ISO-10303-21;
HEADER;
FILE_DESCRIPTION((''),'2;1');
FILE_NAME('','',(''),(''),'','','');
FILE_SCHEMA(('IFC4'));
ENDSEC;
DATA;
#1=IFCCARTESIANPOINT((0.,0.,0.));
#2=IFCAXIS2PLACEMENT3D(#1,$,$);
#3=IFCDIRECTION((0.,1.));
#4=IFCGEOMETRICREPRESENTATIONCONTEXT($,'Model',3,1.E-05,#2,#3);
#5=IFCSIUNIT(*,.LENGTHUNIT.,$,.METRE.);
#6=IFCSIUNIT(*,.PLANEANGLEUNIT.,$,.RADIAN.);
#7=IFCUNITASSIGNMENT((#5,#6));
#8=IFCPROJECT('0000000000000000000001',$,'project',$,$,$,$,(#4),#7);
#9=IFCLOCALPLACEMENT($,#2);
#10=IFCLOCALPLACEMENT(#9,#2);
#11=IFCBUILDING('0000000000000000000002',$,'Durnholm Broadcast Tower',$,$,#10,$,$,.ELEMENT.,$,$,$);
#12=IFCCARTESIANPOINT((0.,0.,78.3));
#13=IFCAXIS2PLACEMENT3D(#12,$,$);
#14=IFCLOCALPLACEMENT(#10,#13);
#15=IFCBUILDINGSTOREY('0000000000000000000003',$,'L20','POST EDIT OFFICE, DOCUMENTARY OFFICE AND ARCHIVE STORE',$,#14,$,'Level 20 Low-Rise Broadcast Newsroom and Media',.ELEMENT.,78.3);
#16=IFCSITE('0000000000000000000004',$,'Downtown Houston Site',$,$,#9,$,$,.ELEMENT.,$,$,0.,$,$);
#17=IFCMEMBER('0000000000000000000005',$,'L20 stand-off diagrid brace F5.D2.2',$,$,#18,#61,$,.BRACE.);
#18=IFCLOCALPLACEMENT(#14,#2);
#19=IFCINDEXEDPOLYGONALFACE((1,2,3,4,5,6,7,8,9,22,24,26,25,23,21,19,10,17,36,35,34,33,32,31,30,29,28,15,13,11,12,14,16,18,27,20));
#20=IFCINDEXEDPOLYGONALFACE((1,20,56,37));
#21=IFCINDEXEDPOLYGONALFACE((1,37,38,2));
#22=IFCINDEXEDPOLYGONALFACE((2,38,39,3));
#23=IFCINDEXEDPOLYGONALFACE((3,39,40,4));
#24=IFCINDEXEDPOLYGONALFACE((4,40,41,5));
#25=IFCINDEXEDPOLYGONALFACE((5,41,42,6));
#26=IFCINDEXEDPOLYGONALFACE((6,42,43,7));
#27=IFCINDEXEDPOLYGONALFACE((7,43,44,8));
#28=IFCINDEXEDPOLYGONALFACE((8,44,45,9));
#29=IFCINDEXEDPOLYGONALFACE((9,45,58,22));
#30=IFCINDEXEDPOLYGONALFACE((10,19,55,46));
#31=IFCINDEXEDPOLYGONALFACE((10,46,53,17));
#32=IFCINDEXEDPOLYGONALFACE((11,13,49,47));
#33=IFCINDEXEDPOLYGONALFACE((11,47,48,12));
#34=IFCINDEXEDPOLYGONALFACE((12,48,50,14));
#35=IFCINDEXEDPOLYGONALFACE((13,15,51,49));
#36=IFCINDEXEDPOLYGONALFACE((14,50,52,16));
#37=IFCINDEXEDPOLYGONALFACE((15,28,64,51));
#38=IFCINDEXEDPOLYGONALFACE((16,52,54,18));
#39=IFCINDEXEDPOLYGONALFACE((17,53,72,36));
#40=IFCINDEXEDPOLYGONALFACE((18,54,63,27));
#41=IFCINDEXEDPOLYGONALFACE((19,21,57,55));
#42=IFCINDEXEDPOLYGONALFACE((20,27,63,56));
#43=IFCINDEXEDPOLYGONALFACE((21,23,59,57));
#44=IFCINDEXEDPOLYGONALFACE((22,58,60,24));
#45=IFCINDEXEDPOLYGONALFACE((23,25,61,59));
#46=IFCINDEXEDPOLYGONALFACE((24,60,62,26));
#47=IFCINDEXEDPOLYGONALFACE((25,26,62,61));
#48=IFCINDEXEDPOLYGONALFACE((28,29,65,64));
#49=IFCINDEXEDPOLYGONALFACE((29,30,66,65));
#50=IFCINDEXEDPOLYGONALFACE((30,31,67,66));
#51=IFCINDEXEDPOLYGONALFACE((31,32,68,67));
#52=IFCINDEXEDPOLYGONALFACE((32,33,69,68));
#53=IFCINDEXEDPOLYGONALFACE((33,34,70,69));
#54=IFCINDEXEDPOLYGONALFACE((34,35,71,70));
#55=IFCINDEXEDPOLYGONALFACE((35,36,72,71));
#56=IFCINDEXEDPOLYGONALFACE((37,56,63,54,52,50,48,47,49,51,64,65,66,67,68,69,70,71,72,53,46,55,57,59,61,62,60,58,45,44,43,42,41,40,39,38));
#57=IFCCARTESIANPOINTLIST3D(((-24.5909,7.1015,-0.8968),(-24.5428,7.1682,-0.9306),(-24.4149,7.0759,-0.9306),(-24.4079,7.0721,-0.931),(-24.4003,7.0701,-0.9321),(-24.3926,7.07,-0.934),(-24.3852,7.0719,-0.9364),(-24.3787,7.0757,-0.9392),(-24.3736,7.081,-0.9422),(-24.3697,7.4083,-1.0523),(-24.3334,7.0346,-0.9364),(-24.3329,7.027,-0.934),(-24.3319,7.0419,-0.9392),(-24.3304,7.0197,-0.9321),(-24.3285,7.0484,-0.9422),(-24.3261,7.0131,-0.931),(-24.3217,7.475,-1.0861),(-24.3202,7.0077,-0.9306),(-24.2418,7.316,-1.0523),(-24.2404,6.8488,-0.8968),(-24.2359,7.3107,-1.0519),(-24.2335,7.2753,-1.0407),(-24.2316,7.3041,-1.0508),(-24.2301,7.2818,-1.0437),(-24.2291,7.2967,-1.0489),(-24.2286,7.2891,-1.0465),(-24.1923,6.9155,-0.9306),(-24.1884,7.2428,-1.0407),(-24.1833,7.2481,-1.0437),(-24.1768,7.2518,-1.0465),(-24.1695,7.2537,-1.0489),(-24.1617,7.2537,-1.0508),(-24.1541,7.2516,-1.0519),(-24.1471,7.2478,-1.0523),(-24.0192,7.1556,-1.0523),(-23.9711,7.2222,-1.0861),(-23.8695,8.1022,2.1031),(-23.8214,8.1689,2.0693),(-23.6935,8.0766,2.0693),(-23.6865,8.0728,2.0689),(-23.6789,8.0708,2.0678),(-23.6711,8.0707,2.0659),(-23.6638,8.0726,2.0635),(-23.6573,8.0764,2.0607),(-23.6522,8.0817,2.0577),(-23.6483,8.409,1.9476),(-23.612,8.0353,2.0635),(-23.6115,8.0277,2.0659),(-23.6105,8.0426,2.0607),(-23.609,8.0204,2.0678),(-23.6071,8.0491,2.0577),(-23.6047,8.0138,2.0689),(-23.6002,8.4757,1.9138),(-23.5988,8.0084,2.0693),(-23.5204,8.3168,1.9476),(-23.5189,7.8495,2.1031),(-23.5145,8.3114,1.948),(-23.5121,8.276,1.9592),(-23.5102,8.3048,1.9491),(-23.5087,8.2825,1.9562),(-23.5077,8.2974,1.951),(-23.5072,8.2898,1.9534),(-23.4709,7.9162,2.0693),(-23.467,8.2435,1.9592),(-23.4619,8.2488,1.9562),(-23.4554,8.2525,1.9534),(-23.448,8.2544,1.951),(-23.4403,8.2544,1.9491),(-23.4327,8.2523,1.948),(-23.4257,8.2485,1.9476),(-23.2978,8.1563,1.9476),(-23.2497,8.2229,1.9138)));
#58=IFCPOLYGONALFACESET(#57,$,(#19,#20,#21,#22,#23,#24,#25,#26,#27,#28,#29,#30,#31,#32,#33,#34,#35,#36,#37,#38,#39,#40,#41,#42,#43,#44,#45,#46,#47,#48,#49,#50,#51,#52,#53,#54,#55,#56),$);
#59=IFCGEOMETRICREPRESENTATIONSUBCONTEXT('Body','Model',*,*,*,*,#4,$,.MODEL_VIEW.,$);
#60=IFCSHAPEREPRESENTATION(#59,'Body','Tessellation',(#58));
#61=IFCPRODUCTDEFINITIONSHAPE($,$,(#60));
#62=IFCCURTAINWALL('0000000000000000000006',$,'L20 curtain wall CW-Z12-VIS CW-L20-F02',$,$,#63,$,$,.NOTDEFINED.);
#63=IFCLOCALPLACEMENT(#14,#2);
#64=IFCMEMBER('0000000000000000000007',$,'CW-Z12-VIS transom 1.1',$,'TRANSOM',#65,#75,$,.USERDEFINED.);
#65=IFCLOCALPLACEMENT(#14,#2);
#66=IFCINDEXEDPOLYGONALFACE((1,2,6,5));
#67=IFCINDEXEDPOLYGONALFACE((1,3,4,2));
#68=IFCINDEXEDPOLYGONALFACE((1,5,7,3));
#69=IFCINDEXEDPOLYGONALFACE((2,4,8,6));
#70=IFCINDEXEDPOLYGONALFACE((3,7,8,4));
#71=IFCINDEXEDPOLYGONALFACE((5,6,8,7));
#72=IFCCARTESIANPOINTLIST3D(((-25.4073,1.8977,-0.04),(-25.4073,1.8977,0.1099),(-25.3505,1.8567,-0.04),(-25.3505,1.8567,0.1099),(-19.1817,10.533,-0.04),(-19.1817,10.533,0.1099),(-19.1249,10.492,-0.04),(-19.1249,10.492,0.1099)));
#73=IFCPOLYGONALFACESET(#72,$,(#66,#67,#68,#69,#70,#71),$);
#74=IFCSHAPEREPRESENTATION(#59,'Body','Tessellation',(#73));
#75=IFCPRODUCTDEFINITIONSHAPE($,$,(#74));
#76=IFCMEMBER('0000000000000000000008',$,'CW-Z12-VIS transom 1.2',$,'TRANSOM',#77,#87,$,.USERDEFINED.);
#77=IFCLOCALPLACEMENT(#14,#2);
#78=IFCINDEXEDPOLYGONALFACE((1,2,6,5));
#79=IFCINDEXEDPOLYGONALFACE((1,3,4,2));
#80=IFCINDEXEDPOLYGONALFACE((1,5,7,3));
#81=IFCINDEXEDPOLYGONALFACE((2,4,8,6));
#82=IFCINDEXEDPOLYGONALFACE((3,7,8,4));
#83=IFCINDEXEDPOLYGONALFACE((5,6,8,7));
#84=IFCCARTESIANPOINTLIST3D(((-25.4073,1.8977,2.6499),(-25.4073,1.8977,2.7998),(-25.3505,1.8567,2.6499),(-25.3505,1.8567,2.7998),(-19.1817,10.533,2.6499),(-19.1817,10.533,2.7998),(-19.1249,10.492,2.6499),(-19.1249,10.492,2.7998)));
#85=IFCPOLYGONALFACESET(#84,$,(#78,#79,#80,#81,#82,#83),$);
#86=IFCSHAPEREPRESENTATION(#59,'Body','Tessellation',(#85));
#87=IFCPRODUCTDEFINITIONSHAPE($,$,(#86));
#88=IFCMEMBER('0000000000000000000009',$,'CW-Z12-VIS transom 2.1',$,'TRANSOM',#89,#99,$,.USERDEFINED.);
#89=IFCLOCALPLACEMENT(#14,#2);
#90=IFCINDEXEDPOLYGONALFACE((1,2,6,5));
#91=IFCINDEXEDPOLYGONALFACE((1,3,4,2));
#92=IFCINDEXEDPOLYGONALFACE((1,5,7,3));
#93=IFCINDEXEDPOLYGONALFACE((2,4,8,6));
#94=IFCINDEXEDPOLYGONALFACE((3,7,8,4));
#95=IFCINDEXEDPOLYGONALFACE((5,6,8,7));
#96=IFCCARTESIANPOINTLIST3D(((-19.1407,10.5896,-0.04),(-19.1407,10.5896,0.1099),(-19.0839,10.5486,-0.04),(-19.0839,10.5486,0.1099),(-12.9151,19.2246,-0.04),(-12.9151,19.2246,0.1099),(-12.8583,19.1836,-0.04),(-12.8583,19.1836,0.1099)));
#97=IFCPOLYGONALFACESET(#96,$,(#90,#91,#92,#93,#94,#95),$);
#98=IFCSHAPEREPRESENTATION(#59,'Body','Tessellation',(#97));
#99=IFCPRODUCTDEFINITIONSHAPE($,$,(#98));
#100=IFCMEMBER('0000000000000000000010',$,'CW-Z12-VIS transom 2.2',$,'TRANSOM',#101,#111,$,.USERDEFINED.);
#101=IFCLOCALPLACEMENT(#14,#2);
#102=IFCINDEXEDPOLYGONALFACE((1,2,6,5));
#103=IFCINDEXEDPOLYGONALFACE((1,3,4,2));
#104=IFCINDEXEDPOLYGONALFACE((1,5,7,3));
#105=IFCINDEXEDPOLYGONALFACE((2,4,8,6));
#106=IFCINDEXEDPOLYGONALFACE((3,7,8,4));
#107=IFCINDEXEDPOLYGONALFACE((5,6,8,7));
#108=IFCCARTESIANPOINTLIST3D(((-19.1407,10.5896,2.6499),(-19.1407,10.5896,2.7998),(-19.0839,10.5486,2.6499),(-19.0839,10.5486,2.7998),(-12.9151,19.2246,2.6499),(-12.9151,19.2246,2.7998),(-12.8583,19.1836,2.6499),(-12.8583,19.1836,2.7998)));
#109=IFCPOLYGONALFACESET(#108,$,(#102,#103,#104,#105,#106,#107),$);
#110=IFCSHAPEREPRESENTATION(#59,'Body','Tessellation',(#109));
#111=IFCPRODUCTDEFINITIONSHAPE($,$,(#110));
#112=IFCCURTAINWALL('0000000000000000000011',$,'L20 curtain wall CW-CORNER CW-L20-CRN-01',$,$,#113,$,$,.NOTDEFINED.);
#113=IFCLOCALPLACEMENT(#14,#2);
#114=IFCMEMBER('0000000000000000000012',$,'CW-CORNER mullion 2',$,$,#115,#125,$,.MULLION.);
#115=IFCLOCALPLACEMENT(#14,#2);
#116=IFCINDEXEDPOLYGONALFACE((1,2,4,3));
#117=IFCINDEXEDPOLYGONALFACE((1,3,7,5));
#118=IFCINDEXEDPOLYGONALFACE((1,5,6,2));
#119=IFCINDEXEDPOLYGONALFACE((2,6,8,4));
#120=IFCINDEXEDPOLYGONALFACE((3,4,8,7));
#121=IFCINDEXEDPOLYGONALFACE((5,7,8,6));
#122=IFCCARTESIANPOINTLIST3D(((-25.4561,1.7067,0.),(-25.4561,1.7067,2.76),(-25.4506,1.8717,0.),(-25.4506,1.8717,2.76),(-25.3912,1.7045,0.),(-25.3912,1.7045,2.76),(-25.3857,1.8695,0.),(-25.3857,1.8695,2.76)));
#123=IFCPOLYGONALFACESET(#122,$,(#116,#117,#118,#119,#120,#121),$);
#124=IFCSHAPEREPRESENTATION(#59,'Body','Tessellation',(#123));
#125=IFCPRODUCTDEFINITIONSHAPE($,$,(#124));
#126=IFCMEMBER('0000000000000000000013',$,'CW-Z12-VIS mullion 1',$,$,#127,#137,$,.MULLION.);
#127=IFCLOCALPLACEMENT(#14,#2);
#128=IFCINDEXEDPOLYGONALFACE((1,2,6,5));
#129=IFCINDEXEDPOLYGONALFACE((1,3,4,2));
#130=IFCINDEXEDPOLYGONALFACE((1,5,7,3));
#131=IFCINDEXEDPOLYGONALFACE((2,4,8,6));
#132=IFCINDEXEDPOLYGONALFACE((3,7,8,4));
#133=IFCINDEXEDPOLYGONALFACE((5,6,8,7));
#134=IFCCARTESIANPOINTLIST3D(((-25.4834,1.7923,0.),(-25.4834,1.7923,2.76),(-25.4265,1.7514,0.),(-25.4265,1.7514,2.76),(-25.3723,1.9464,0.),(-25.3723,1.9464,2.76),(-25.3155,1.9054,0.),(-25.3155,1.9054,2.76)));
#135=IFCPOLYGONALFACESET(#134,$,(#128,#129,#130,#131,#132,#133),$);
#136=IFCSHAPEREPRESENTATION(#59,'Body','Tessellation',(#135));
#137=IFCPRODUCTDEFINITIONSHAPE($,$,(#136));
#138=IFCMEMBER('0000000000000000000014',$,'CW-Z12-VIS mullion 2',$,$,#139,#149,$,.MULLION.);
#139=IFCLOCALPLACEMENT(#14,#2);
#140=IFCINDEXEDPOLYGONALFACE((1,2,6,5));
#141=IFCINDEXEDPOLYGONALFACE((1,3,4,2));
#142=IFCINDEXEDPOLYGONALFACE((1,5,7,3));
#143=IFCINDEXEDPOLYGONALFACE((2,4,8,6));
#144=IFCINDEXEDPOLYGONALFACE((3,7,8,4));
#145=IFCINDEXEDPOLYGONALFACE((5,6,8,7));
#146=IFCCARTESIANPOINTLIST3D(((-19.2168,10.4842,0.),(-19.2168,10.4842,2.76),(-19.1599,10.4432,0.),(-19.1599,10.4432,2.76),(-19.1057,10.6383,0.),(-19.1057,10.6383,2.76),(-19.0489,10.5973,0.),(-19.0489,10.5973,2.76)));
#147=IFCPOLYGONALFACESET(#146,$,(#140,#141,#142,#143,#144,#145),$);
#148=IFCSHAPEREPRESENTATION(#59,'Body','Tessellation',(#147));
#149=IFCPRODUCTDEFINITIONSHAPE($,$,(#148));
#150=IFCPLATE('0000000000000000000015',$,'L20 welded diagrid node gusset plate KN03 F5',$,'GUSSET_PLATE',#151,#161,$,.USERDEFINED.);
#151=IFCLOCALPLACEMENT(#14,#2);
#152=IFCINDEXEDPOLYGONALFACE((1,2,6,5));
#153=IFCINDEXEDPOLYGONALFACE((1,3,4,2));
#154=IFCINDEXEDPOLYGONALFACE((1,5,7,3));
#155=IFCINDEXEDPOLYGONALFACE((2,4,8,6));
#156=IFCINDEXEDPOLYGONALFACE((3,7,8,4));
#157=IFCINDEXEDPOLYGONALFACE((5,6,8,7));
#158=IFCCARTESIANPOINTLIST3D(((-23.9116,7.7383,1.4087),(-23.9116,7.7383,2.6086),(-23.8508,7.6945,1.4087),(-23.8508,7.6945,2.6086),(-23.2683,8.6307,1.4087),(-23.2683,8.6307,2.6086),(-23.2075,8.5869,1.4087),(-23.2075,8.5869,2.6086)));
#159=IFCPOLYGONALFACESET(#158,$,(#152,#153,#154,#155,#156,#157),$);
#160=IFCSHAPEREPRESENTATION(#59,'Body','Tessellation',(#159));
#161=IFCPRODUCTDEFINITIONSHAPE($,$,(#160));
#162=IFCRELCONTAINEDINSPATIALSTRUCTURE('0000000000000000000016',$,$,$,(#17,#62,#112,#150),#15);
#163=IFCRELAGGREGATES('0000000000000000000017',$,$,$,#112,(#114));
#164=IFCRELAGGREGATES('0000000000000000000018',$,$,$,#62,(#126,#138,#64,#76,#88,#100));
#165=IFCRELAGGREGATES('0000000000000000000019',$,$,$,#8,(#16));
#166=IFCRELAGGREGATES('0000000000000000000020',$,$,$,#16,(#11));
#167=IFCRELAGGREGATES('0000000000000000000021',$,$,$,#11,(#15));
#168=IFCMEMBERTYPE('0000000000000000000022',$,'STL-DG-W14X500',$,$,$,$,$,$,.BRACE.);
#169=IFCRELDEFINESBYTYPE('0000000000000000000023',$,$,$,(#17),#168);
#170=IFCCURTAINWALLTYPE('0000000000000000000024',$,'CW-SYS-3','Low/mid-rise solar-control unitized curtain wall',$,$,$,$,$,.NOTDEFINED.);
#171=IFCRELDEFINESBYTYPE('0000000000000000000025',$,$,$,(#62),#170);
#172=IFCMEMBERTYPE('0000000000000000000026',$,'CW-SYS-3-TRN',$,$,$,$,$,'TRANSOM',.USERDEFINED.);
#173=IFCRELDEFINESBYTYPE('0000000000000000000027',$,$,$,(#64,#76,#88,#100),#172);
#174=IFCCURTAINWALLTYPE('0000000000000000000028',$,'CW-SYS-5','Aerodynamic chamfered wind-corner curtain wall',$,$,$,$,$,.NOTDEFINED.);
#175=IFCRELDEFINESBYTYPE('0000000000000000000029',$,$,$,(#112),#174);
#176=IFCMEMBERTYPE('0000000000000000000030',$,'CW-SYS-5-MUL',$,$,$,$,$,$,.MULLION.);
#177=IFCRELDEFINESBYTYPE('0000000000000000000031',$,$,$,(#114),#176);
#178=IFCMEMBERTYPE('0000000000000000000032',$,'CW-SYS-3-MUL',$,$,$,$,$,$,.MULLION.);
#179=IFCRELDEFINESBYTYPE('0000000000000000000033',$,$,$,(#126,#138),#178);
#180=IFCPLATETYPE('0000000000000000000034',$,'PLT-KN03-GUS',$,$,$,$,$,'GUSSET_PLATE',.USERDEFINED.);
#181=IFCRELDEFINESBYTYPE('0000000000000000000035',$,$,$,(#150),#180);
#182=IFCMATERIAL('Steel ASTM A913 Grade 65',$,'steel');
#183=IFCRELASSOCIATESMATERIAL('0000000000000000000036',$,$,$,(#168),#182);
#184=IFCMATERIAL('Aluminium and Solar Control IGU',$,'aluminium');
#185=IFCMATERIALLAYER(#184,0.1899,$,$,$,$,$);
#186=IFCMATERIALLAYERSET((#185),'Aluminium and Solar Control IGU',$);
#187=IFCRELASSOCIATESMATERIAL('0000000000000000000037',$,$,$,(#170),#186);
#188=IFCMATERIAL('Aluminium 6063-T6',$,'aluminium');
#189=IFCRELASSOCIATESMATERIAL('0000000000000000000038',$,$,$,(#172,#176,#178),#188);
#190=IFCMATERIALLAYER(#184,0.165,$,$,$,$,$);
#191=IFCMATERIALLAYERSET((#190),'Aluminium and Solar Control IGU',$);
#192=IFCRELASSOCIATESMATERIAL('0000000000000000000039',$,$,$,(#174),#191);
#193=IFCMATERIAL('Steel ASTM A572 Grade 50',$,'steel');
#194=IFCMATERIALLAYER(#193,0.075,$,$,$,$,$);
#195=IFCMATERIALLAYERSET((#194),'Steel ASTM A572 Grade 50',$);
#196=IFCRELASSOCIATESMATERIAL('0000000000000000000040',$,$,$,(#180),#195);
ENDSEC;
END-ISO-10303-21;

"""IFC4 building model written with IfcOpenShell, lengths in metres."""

from ifc_helpers import new_model, si_unit, direction, frame, origin, origin_2d, place, context, subcontext, project, spatial, rectangle, i_section, extrude, source, transform, mapped, material, layer, layer_set, material_profile, profile_set, type_object, type_shapes, element, aggregate, save


model = new_model("IFC4")

# Units and contexts
model_context = context("Model", 3, precision=1e-05, world=origin(), true_north=direction((0.0, 1.0)))
body_context = subcontext(model_context, "Body", "Model", "MODEL_VIEW")
ifc_project = project(units=[si_unit("LENGTHUNIT", "METRE"), si_unit("PLANEANGLEUNIT", "RADIAN")], contexts=[model_context])

# Site, building, storey
site_placement = place(None, origin())
site = spatial("IfcSite", under=ifc_project, at=site_placement, Name="Downtown Houston Site", CompositionType="ELEMENT", RefElevation=0.0)
building_placement = place(site_placement, origin())
building = spatial("IfcBuilding", under=site, at=building_placement, Name="Durnholm Broadcast Tower", CompositionType="ELEMENT")
storey_placement = place(building_placement, frame((0.0, 0.0, 78.3)))
storey = spatial("IfcBuildingStorey", under=building, at=storey_placement, Name="L20", Description="POST EDIT OFFICE, DOCUMENTARY OFFICE AND ARCHIVE STORE", LongName="Level 20 Low-Rise Broadcast Newsroom and Media", CompositionType="ELEMENT", Elevation=78.3)

# Member
ifc_material_1 = material(Name="Steel ASTM A913 Grade 65", Category="steel")
ifc_material_profile_1 = material_profile(ifc_material_1, i_section(OverallWidth=0.4321, OverallDepth=0.4978, WebThickness=0.0557, FlangeThickness=0.0889, FilletRadius=0.0305, at=origin_2d()), Name="W14X500")
ifc_profile_set_1 = profile_set([ifc_material_profile_1], Name="Steel ASTM A913 Grade 65")
member_type_1 = type_object("IfcMemberType", Name="STL-DG-W14X500", PredefinedType="BRACE", material=ifc_profile_set_1)
shared_shape_1 = source(origin(), body_context, "Body", "SweptSolid", [
    extrude(i_section(OverallWidth=0.4321, OverallDepth=0.4978, WebThickness=0.0557, FlangeThickness=0.0889, FilletRadius=0.0305, at=origin_2d()), origin(), (0.0, 0.0, 1.0), 3.2437),
])
member_1_placement = place(storey_placement, frame((-24.281, 7.1619, -0.9915), z_axis=(0.222408, 0.308511, 0.924855), x_axis=(-0.811185, 0.584789, 0.0)))
element("IfcMember", 1, at=member_1_placement, inside=storey, type_object=member_type_1, Name="L20 stand-off diagrid brace F5.D2.2", PredefinedType="BRACE", context=body_context, shape_type="MappedRepresentation", body=[
    mapped(shared_shape_1, transform((0.0, 0.0, 0.0), x_axis=(1.0, 0.0, 0.0), y_axis=(0.0, 1.0, 0.0), z_axis=(0.0, 0.0, 1.0), scale=1.0)),
])

# Curtain wall, members
ifc_material_2 = material(Name="Aluminium and Solar Control IGU", Category="aluminium")
ifc_layer_1 = layer(ifc_material_2, 0.1899)
ifc_layer_set_1 = layer_set([ifc_layer_1], Name="Aluminium and Solar Control IGU")
curtain_wall_type_1 = type_object("IfcCurtainWallType", Name="CW-SYS-3", Description="Low/mid-rise solar-control unitized curtain wall", PredefinedType="NOTDEFINED", material=ifc_layer_set_1)
curtain_wall_1_placement = place(storey_placement, origin())
curtain_wall_1 = element("IfcCurtainWall", 2, at=curtain_wall_1_placement, inside=storey, type_object=curtain_wall_type_1, Name="L20 curtain wall CW-Z12-VIS CW-L20-F02", PredefinedType="NOTDEFINED")
ifc_material_3 = material(Name="Aluminium 6063-T6", Category="aluminium")
ifc_material_profile_2 = material_profile(ifc_material_3, rectangle(XDim=0.0701, YDim=0.1499, at=origin_2d()), Name="CWT70X150")
ifc_profile_set_2 = profile_set([ifc_material_profile_2], Name="Aluminium 6063-T6")
member_type_2 = type_object("IfcMemberType", Name="CW-SYS-3-TRN", ElementType="TRANSOM", PredefinedType="USERDEFINED", material=ifc_profile_set_2)
shared_shape_2 = source(origin(), body_context, "Body", "SweptSolid", [
    extrude(rectangle(XDim=0.0701, YDim=0.1499, at=origin_2d()), origin(), (0.0, 0.0, 1.0), 10.6455),
])
member_2_placement = place(storey_placement, frame((-25.3789, 1.8772, 0.0349), z_axis=(0.584812, 0.811169, 0.0), x_axis=(-0.811169, 0.584812, 0.0)))
member_2 = element("IfcMember", 3, at=member_2_placement, type_object=member_type_2, Name="CW-Z12-VIS transom 1.1", ObjectType="TRANSOM", PredefinedType="USERDEFINED", context=body_context, shape_type="MappedRepresentation", body=[
    mapped(shared_shape_2, transform((0.0, 0.0, 0.0), x_axis=(1.0, 0.0, 0.0), y_axis=(0.0, 1.0, 0.0), z_axis=(0.0, 0.0, 1.0), scale=1.0)),
])
member_3_placement = place(storey_placement, frame((-25.3789, 1.8772, 2.7249), z_axis=(0.584812, 0.811169, 0.0), x_axis=(-0.811169, 0.584812, 0.0)))
member_3 = element("IfcMember", 4, at=member_3_placement, type_object=member_type_2, Name="CW-Z12-VIS transom 1.2", ObjectType="TRANSOM", PredefinedType="USERDEFINED", context=body_context, shape_type="MappedRepresentation", body=[
    mapped(shared_shape_2, transform((0.0, 0.0, 0.0), x_axis=(1.0, 0.0, 0.0), y_axis=(0.0, 1.0, 0.0), z_axis=(0.0, 0.0, 1.0), scale=1.0)),
])
shared_shape_3 = source(origin(), body_context, "Body", "SweptSolid", [
    extrude(rectangle(XDim=0.0701, YDim=0.1499, at=origin_2d()), origin(), (0.0, 0.0, 1.0), 10.6453),
])
type_shapes(member_type_2, [shared_shape_2, shared_shape_3])
member_4_placement = place(storey_placement, frame((-19.1123, 10.5691, 0.0349), z_axis=(0.584823, 0.811161, 0.0), x_axis=(-0.811161, 0.584823, 0.0)))
member_4 = element("IfcMember", 5, at=member_4_placement, type_object=member_type_2, Name="CW-Z12-VIS transom 2.1", ObjectType="TRANSOM", PredefinedType="USERDEFINED", context=body_context, shape_type="MappedRepresentation", body=[
    mapped(shared_shape_3, transform((0.0, 0.0, 0.0), x_axis=(1.0, 0.0, 0.0), y_axis=(0.0, 1.0, 0.0), z_axis=(0.0, 0.0, 1.0), scale=1.0)),
])
member_5_placement = place(storey_placement, frame((-19.1123, 10.5691, 2.7249), z_axis=(0.584823, 0.811161, 0.0), x_axis=(-0.811161, 0.584823, 0.0)))
member_5 = element("IfcMember", 6, at=member_5_placement, type_object=member_type_2, Name="CW-Z12-VIS transom 2.2", ObjectType="TRANSOM", PredefinedType="USERDEFINED", context=body_context, shape_type="MappedRepresentation", body=[
    mapped(shared_shape_3, transform((0.0, 0.0, 0.0), x_axis=(1.0, 0.0, 0.0), y_axis=(0.0, 1.0, 0.0), z_axis=(0.0, 0.0, 1.0), scale=1.0)),
])

# Curtain wall, member
ifc_layer_2 = layer(ifc_material_2, 0.165)
ifc_layer_set_2 = layer_set([ifc_layer_2], Name="Aluminium and Solar Control IGU")
curtain_wall_type_2 = type_object("IfcCurtainWallType", Name="CW-SYS-5", Description="Aerodynamic chamfered wind-corner curtain wall", PredefinedType="NOTDEFINED", material=ifc_layer_set_2)
curtain_wall_2_placement = place(storey_placement, origin())
curtain_wall_2 = element("IfcCurtainWall", 7, at=curtain_wall_2_placement, inside=storey, type_object=curtain_wall_type_2, Name="L20 curtain wall CW-CORNER CW-L20-CRN-01", PredefinedType="NOTDEFINED")
ifc_material_profile_3 = material_profile(ifc_material_3, rectangle(XDim=0.0649, YDim=0.165, at=origin_2d()), Name="CWM65X165")
ifc_profile_set_3 = profile_set([ifc_material_profile_3], Name="Aluminium 6063-T6")
member_type_3 = type_object("IfcMemberType", Name="CW-SYS-5-MUL", PredefinedType="MULLION", material=ifc_profile_set_3)
shared_shape_4 = source(origin(), body_context, "Body", "SweptSolid", [
    extrude(rectangle(XDim=0.0649, YDim=0.165, at=origin_2d()), origin(), (0.0, 0.0, 1.0), 2.76),
])
type_shapes(member_type_3, [shared_shape_4])
member_6_placement = place(storey_placement, frame((-25.4209, 1.7881, 0.0), z_axis=(0.0, 0.0, 1.0), x_axis=(-0.999427, 0.03384, 0.0)))
member_6 = element("IfcMember", 8, at=member_6_placement, type_object=member_type_3, Name="CW-CORNER mullion 2", PredefinedType="MULLION", context=body_context, shape_type="MappedRepresentation", body=[
    mapped(shared_shape_4, transform((0.0, 0.0, 0.0), x_axis=(1.0, 0.0, 0.0), y_axis=(0.0, 1.0, 0.0), z_axis=(0.0, 0.0, 1.0), scale=1.0)),
])

# Members
ifc_material_profile_4 = material_profile(ifc_material_3, rectangle(XDim=0.0701, YDim=0.1899, at=origin_2d()), Name="CWM70X190")
ifc_profile_set_4 = profile_set([ifc_material_profile_4], Name="Aluminium 6063-T6")
member_type_4 = type_object("IfcMemberType", Name="CW-SYS-3-MUL", PredefinedType="MULLION", material=ifc_profile_set_4)
shared_shape_5 = source(origin(), body_context, "Body", "SweptSolid", [
    extrude(rectangle(XDim=0.0701, YDim=0.1899, at=origin_2d()), origin(), (0.0, 0.0, 1.0), 2.76),
])
type_shapes(member_type_4, [shared_shape_5])
member_7_placement = place(storey_placement, frame((-25.3994, 1.8489, 0.0), z_axis=(0.0, 0.0, 1.0), x_axis=(-0.811161, 0.584823, 0.0)))
member_7 = element("IfcMember", 9, at=member_7_placement, type_object=member_type_4, Name="CW-Z12-VIS mullion 1", PredefinedType="MULLION", context=body_context, shape_type="MappedRepresentation", body=[
    mapped(shared_shape_5, transform((0.0, 0.0, 0.0), x_axis=(1.0, 0.0, 0.0), y_axis=(0.0, 1.0, 0.0), z_axis=(0.0, 0.0, 1.0), scale=1.0)),
])
member_8_placement = place(storey_placement, frame((-19.1328, 10.5408, 0.0), z_axis=(0.0, 0.0, 1.0), x_axis=(-0.811161, 0.584823, 0.0)))
member_8 = element("IfcMember", 10, at=member_8_placement, type_object=member_type_4, Name="CW-Z12-VIS mullion 2", PredefinedType="MULLION", context=body_context, shape_type="MappedRepresentation", body=[
    mapped(shared_shape_5, transform((0.0, 0.0, 0.0), x_axis=(1.0, 0.0, 0.0), y_axis=(0.0, 1.0, 0.0), z_axis=(0.0, 0.0, 1.0), scale=1.0)),
])

# Plate
ifc_material_4 = material(Name="Steel ASTM A572 Grade 50", Category="steel")
ifc_layer_3 = layer(ifc_material_4, 0.075)
ifc_layer_set_3 = layer_set([ifc_layer_3], Name="Steel ASTM A572 Grade 50")
plate_type_1 = type_object("IfcPlateType", Name="PLT-KN03-GUS", ElementType="GUSSET_PLATE", PredefinedType="USERDEFINED", material=ifc_layer_set_3)
shared_shape_6 = source(origin(), body_context, "Body", "SweptSolid", [
    extrude(rectangle(XDim=1.1001, YDim=0.075, at=origin_2d()), origin(), (0.0, 0.0, 1.0), 1.2),
])
type_shapes(plate_type_1, [shared_shape_6])
plate_1_placement = place(storey_placement, frame((-23.5596, 8.1626, 1.4087), z_axis=(0.0, 0.0, 1.0), x_axis=(-0.584816, -0.811166, 0.0)))
element("IfcPlate", 11, at=plate_1_placement, inside=storey, type_object=plate_type_1, Name="L20 welded diagrid node gusset plate KN03 F5", ObjectType="GUSSET_PLATE", PredefinedType="USERDEFINED", context=body_context, shape_type="MappedRepresentation", body=[
    mapped(shared_shape_6, transform((0.0, 0.0, 0.0), x_axis=(1.0, 0.0, 0.0), y_axis=(0.0, 1.0, 0.0), z_axis=(0.0, 0.0, 1.0), scale=1.0)),
])
aggregate(curtain_wall_2, [member_6])
aggregate(curtain_wall_1, [member_7, member_8, member_2, member_3, member_4, member_5])

save(model, "model.ifc")
